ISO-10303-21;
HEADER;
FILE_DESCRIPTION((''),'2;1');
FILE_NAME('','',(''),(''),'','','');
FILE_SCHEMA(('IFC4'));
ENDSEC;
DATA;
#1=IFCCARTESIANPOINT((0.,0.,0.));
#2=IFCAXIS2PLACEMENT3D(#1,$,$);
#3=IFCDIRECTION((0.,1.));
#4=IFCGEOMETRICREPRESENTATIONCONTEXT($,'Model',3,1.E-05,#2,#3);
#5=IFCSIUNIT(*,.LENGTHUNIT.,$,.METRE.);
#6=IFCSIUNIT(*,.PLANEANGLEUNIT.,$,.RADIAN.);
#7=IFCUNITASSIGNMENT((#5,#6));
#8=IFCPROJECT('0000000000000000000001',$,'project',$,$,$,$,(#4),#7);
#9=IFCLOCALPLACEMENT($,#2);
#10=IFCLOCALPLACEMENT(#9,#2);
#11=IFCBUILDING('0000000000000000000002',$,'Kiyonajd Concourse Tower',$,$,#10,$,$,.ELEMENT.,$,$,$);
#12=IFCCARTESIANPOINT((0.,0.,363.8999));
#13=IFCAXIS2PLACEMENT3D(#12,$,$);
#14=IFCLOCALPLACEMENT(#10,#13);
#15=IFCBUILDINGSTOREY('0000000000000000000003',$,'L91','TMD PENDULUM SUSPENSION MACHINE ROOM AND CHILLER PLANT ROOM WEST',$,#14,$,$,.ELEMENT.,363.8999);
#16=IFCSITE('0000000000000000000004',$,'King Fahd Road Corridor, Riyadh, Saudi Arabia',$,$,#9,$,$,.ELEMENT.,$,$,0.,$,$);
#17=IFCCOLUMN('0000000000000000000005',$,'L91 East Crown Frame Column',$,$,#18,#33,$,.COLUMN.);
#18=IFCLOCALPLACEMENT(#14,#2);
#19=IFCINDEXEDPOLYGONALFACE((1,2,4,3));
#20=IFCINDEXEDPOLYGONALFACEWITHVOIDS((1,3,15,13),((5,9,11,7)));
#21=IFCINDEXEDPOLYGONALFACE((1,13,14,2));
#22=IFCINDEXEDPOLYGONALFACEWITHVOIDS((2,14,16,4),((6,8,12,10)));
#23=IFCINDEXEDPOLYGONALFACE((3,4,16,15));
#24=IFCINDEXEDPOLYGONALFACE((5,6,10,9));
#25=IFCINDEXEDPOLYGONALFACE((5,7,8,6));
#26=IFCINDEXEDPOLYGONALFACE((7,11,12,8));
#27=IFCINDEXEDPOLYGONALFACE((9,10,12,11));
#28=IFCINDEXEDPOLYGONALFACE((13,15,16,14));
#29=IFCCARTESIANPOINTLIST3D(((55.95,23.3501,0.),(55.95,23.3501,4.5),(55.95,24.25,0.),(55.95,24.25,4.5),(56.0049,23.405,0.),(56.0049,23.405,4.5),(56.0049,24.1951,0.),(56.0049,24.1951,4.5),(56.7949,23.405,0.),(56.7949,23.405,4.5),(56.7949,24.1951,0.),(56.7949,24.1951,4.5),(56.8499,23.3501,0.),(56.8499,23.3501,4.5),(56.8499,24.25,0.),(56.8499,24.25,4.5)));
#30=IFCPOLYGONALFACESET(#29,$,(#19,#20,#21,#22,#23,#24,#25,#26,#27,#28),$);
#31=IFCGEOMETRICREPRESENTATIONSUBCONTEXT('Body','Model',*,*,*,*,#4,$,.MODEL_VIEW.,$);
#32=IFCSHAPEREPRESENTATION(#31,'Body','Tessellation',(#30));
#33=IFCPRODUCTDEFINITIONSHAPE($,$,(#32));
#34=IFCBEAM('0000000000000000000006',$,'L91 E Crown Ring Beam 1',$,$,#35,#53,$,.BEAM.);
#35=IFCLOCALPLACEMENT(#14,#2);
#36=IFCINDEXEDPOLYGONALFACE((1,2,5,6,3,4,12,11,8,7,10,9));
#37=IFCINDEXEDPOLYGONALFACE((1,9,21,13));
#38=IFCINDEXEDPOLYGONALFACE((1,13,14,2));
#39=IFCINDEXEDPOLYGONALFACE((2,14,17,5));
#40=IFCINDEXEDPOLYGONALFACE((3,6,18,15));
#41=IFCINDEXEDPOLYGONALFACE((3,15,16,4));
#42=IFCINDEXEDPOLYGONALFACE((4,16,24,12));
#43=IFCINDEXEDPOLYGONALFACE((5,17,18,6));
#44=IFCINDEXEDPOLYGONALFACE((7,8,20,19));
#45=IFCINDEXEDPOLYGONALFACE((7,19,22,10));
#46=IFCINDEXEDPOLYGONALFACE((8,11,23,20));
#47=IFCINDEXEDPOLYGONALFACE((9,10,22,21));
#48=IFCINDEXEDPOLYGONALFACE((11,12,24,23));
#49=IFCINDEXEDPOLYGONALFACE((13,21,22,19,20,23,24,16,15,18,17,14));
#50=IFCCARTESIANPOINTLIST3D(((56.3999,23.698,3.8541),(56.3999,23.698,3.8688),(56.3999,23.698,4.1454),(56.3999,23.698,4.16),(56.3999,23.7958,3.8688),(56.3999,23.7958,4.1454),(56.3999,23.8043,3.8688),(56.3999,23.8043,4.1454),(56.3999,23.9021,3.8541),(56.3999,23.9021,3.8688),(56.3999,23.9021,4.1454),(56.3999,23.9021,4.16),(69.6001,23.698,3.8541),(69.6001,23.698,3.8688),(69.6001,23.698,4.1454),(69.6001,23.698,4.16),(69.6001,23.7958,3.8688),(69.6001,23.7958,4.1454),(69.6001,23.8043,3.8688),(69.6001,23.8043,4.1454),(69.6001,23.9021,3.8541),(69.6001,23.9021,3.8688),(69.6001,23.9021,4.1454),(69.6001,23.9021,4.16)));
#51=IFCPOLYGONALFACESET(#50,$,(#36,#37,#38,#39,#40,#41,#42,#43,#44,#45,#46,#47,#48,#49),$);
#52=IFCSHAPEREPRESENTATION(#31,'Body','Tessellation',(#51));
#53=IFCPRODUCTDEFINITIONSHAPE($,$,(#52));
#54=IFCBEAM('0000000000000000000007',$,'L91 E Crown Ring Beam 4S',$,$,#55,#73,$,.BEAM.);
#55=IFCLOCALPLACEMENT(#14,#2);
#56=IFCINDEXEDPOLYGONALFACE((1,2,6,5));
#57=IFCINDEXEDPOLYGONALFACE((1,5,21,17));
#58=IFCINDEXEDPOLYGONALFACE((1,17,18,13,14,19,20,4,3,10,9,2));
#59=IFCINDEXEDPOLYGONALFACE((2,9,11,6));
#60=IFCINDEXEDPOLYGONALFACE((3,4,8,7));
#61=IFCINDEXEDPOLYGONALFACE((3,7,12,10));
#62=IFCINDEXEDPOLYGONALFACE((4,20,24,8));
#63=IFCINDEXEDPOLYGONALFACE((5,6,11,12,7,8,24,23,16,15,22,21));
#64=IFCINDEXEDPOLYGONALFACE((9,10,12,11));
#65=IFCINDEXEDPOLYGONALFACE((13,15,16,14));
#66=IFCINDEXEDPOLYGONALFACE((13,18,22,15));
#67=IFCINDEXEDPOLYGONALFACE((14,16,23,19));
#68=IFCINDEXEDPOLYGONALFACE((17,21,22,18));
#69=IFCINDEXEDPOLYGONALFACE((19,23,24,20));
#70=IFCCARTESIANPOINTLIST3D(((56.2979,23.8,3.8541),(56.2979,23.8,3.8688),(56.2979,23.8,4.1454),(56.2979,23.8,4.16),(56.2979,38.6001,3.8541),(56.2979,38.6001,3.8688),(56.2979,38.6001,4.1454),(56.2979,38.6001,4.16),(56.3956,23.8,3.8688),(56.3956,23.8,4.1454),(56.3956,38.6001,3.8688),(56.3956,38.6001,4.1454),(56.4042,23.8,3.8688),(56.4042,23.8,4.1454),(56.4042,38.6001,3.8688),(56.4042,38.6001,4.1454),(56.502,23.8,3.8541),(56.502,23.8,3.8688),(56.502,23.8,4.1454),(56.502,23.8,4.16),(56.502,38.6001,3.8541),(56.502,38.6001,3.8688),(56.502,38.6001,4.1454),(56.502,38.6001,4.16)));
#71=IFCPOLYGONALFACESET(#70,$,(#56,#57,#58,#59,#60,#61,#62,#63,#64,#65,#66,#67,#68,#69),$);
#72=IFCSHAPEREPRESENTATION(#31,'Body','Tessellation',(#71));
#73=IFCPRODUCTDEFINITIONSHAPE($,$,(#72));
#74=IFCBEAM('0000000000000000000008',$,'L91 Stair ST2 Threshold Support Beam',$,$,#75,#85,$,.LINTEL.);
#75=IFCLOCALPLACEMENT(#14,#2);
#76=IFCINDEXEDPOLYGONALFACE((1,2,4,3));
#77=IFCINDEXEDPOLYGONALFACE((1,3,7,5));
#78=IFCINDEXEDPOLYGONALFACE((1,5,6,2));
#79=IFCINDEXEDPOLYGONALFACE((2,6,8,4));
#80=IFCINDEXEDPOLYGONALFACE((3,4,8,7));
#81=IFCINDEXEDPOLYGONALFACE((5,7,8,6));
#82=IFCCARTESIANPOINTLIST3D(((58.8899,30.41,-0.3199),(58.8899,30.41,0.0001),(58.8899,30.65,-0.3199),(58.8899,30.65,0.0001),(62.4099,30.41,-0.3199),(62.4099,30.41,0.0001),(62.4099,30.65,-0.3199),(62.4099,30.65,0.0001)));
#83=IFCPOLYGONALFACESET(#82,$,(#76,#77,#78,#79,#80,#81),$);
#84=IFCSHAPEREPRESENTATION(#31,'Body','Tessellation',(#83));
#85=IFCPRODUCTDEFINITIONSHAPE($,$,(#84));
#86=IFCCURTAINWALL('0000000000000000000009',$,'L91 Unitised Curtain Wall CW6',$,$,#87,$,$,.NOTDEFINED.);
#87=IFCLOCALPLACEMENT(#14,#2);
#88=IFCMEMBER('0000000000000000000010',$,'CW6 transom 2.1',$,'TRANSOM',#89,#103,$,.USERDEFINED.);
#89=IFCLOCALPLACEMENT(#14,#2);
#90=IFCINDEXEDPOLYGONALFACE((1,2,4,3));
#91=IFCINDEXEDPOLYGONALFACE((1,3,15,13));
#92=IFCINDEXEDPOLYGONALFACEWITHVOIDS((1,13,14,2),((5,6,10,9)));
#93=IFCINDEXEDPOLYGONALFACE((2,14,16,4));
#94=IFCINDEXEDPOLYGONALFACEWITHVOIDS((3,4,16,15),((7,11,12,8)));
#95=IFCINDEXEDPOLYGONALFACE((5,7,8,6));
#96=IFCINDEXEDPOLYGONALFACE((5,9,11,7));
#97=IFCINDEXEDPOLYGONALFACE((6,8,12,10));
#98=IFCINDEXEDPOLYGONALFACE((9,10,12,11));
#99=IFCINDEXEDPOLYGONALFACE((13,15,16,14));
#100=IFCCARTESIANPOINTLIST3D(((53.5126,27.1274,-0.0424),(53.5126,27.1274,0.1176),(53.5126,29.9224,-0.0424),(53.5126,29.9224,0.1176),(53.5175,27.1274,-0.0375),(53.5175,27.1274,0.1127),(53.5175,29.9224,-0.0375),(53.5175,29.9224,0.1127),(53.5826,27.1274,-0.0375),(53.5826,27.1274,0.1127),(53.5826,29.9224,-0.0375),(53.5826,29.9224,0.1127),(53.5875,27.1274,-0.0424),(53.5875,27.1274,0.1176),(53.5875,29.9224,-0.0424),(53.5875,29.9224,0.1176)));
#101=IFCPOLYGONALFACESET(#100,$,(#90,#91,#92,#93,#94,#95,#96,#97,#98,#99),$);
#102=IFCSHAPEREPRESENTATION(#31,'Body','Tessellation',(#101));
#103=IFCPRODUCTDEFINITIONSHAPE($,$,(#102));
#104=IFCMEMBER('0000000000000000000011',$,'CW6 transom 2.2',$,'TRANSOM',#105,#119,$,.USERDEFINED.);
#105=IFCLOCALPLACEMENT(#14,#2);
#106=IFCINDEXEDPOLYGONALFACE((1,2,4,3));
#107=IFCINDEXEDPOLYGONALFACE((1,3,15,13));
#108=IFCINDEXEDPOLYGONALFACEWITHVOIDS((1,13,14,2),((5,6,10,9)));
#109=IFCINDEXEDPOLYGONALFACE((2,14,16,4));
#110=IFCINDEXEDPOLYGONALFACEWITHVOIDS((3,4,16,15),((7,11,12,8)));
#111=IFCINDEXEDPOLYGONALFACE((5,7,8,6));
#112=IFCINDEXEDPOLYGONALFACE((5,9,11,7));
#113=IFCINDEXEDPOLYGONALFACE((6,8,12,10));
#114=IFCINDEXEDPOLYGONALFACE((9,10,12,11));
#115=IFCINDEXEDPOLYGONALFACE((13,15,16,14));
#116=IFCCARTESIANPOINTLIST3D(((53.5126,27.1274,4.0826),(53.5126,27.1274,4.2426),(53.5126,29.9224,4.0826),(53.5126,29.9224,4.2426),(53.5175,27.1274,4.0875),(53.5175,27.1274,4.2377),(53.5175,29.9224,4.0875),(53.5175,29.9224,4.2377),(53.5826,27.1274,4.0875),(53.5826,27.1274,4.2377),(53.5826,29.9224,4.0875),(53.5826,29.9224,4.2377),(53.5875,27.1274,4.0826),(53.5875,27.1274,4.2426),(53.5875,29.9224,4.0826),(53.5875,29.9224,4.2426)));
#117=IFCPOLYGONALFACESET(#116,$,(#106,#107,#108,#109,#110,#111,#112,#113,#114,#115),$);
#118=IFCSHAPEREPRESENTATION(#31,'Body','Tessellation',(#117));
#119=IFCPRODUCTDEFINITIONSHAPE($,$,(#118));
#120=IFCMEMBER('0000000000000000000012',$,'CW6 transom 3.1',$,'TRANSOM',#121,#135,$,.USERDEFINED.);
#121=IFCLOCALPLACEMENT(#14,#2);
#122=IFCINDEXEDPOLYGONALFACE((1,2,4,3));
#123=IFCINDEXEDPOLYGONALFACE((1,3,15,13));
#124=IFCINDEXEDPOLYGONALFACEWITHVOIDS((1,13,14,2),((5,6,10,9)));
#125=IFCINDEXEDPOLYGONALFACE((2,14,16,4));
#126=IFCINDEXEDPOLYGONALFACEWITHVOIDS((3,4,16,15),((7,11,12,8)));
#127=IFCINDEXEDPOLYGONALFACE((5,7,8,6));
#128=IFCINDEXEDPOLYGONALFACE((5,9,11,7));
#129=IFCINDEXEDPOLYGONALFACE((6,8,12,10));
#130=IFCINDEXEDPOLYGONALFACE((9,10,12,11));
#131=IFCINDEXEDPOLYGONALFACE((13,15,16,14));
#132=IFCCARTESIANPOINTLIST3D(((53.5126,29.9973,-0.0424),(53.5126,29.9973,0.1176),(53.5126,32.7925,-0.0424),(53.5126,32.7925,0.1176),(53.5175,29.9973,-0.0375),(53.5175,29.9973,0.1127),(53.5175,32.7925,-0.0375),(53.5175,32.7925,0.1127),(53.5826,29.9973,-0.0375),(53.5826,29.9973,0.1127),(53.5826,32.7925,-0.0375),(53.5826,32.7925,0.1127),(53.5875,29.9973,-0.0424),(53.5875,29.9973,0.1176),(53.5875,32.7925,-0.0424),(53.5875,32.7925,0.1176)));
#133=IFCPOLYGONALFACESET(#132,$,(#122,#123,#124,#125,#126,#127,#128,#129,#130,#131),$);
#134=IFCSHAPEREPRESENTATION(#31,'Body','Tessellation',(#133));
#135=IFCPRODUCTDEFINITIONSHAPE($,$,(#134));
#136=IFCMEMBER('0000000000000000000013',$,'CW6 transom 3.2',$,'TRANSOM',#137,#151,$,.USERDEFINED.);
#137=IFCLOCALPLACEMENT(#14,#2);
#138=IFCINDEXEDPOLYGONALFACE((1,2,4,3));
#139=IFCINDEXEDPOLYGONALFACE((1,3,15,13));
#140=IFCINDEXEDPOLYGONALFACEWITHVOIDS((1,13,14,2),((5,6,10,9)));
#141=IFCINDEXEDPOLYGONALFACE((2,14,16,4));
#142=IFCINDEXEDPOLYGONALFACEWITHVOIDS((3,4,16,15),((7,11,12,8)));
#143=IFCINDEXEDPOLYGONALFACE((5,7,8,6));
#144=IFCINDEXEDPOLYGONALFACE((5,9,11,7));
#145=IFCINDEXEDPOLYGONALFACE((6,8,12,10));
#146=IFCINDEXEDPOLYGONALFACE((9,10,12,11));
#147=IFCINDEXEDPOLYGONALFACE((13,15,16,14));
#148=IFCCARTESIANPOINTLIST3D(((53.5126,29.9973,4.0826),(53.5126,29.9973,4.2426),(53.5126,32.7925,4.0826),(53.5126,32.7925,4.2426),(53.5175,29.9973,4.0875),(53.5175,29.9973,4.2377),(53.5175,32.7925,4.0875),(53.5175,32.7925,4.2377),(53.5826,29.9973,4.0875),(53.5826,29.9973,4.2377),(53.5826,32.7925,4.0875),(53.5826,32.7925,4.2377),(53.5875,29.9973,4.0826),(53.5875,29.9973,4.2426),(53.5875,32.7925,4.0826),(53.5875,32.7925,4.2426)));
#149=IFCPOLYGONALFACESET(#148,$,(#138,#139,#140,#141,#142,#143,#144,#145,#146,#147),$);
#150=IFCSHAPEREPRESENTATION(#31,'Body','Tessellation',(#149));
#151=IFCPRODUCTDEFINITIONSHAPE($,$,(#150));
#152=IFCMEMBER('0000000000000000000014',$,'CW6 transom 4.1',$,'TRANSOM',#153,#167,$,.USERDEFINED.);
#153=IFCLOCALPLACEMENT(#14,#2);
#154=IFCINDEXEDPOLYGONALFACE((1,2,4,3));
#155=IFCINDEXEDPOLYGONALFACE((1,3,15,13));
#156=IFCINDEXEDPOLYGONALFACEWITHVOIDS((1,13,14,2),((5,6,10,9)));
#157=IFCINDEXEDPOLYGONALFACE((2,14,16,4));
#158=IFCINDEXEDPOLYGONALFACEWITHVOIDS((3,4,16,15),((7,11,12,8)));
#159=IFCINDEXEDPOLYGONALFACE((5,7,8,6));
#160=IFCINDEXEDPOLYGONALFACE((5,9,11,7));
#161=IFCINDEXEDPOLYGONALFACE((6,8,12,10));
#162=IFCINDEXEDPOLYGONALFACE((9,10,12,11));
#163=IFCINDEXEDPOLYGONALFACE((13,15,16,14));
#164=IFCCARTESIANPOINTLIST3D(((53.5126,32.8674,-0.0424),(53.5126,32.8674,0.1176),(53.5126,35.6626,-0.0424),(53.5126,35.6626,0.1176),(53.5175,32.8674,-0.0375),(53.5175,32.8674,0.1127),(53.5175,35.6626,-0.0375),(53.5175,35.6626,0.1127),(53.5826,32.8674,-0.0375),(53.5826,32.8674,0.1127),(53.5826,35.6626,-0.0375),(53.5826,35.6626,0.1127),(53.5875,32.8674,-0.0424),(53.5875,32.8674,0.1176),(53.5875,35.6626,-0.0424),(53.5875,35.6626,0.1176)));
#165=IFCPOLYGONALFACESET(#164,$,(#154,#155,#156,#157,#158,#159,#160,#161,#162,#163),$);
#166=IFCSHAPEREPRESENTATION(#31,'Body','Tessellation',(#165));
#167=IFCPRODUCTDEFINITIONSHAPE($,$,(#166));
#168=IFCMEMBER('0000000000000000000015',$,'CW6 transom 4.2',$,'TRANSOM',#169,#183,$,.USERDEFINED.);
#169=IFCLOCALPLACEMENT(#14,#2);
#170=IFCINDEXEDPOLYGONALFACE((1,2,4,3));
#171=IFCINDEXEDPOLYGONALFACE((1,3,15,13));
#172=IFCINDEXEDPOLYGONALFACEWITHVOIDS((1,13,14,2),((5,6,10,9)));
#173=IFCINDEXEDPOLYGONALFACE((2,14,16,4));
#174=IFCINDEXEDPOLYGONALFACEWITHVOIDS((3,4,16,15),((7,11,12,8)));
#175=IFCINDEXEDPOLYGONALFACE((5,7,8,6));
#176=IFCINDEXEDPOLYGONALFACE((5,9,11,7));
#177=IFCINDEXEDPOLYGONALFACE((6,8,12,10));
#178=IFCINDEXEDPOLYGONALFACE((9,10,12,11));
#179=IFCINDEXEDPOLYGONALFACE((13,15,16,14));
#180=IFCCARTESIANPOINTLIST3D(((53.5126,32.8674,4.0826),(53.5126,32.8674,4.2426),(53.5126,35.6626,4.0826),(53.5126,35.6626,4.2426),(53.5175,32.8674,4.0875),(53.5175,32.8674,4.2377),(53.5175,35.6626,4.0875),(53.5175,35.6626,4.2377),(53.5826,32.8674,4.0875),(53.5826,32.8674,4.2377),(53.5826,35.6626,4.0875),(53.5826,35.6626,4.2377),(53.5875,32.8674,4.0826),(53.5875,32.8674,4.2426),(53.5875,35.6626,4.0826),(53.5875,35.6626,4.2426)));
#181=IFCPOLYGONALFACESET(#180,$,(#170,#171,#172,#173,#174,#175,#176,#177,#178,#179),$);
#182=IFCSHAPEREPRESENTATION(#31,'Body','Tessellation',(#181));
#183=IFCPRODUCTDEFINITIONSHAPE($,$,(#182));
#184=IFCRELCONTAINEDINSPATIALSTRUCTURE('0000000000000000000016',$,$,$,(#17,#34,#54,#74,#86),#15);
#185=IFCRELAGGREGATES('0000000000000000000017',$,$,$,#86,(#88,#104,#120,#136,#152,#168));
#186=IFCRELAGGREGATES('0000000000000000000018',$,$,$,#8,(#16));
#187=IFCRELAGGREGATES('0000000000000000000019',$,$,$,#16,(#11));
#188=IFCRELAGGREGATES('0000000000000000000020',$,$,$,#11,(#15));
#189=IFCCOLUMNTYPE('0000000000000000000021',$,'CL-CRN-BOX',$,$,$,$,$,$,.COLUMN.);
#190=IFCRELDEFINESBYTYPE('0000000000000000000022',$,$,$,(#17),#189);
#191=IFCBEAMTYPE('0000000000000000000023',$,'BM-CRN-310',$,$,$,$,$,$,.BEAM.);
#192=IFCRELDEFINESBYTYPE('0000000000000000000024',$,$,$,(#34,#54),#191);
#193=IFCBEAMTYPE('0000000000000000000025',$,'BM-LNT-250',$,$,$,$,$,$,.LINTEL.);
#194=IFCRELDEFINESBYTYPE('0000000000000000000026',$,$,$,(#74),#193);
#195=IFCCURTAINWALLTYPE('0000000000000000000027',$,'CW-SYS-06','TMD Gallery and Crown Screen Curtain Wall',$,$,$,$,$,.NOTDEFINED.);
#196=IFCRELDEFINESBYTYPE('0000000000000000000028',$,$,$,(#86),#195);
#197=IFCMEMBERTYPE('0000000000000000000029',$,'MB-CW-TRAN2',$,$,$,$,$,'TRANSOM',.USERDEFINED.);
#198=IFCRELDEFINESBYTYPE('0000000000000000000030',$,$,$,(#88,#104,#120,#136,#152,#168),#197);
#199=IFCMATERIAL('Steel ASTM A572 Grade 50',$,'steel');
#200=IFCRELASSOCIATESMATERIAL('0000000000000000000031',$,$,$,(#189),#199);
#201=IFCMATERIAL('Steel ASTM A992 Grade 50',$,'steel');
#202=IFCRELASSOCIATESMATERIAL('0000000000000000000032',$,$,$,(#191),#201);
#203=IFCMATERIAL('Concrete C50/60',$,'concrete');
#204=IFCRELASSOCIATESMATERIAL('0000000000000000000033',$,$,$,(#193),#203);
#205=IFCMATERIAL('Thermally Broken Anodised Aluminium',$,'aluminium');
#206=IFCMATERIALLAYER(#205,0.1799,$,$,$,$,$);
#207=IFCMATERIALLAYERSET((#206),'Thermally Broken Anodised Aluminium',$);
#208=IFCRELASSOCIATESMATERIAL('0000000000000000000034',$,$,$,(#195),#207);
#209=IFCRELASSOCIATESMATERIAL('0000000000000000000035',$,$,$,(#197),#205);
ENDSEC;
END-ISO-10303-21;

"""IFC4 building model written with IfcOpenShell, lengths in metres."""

from ifc_helpers import new_model, si_unit, direction, frame, origin, origin_2d, place, context, subcontext, project, spatial, rectangle, hollow_rectangle, i_section, extrude, material, layer, layer_set, material_profile, profile_set, type_object, element, aggregate, save


model = new_model("IFC4")

# Units and contexts
model_context = context("Model", 3, precision=1e-05, world=origin(), true_north=direction((0.0, 1.0)))
body_context = subcontext(model_context, "Body", "Model", "MODEL_VIEW")
ifc_project = project(units=[si_unit("LENGTHUNIT", "METRE"), si_unit("PLANEANGLEUNIT", "RADIAN")], contexts=[model_context])

# Site, building, storey
site_placement = place(None, origin())
site = spatial("IfcSite", under=ifc_project, at=site_placement, Name="King Fahd Road Corridor, Riyadh, Saudi Arabia", CompositionType="ELEMENT", RefElevation=0.0)
building_placement = place(site_placement, origin())
building = spatial("IfcBuilding", under=site, at=building_placement, Name="Kiyonajd Concourse Tower", CompositionType="ELEMENT")
storey_placement = place(building_placement, frame((0.0, 0.0, 363.8999)))
storey = spatial("IfcBuildingStorey", under=building, at=storey_placement, Name="L91", Description="TMD PENDULUM SUSPENSION MACHINE ROOM AND CHILLER PLANT ROOM WEST", CompositionType="ELEMENT", Elevation=363.8999)

# Column
ifc_material_1 = material(Name="Steel ASTM A572 Grade 50", Category="steel")
ifc_material_profile_1 = material_profile(ifc_material_1, hollow_rectangle(XDim=0.8999, YDim=0.8999, WallThickness=0.0549, at=origin_2d()), Name="BOX-900x900x55")
ifc_profile_set_1 = profile_set([ifc_material_profile_1], Name="Steel ASTM A572 Grade 50")
column_type = type_object("IfcColumnType", Name="CL-CRN-BOX", PredefinedType="COLUMN", material=ifc_profile_set_1)
column_placement = place(storey_placement, frame((56.3999, 23.8, 0.0), z_axis=(0.0, 0.0, 1.0), x_axis=(1.0, 0.0, 0.0)))
element("IfcColumn", 1, at=column_placement, inside=storey, type_object=column_type, Name="L91 East Crown Frame Column", PredefinedType="COLUMN", context=body_context, shape_type="SweptSolid", body=[
    extrude(hollow_rectangle(XDim=0.8999, YDim=0.8999, WallThickness=0.0549, at=origin_2d()), origin(), (0.0, 0.0, 1.0), 4.5),
])

# Beams
ifc_material_2 = material(Name="Steel ASTM A992 Grade 50", Category="steel")
ifc_material_profile_2 = material_profile(ifc_material_2, i_section(OverallWidth=0.2041, OverallDepth=0.3059, WebThickness=0.0085, FlangeThickness=0.0146, at=origin_2d()), Name="W310X67")
ifc_profile_set_2 = profile_set([ifc_material_profile_2], Name="Steel ASTM A992 Grade 50")
beam_type_1 = type_object("IfcBeamType", Name="BM-CRN-310", PredefinedType="BEAM", material=ifc_profile_set_2)
beam_1_placement = place(storey_placement, frame((56.3999, 23.8, 4.0071), z_axis=(1.0, 0.0, 0.0), x_axis=(0.0, 1.0, 0.0)))
element("IfcBeam", 2, at=beam_1_placement, inside=storey, type_object=beam_type_1, Name="L91 E Crown Ring Beam 1", PredefinedType="BEAM", context=body_context, shape_type="SweptSolid", body=[
    extrude(i_section(OverallWidth=0.2041, OverallDepth=0.3059, WebThickness=0.0085, FlangeThickness=0.0146, at=origin_2d()), origin(), (0.0, 0.0, 1.0), 13.2002),
])
beam_2_placement = place(storey_placement, frame((56.3999, 23.8, 4.0071), z_axis=(0.0, 1.0, 0.0), x_axis=(-1.0, 0.0, 0.0)))
element("IfcBeam", 3, at=beam_2_placement, inside=storey, type_object=beam_type_1, Name="L91 E Crown Ring Beam 4S", PredefinedType="BEAM", context=body_context, shape_type="SweptSolid", body=[
    extrude(i_section(OverallWidth=0.2041, OverallDepth=0.3059, WebThickness=0.0085, FlangeThickness=0.0146, at=origin_2d()), origin(), (0.0, 0.0, 1.0), 14.8),
])
ifc_material_3 = material(Name="Concrete C50/60", Category="concrete")
ifc_material_profile_3 = material_profile(ifc_material_3, rectangle(XDim=0.24, YDim=0.3201, at=origin_2d()), Name="RCBM-240x320")
ifc_profile_set_3 = profile_set([ifc_material_profile_3], Name="Concrete C50/60")
beam_type_2 = type_object("IfcBeamType", Name="BM-LNT-250", PredefinedType="LINTEL", material=ifc_profile_set_3)
beam_3_placement = place(storey_placement, frame((58.8899, 30.53, -0.1599), z_axis=(1.0, 0.0, 0.0), x_axis=(0.0, 1.0, 0.0)))
element("IfcBeam", 4, at=beam_3_placement, inside=storey, type_object=beam_type_2, Name="L91 Stair ST2 Threshold Support Beam", PredefinedType="LINTEL", context=body_context, shape_type="SweptSolid", body=[
    extrude(rectangle(XDim=0.24, YDim=0.3201, at=origin_2d()), origin(), (0.0, 0.0, 1.0), 3.52),
])

# Curtain wall, members
ifc_material_4 = material(Name="Thermally Broken Anodised Aluminium", Category="aluminium")
ifc_layer_1 = layer(ifc_material_4, 0.1799)
ifc_layer_set_1 = layer_set([ifc_layer_1], Name="Thermally Broken Anodised Aluminium")
curtain_wall_type = type_object("IfcCurtainWallType", Name="CW-SYS-06", Description="TMD Gallery and Crown Screen Curtain Wall", PredefinedType="NOTDEFINED", material=ifc_layer_set_1)
curtain_wall_placement = place(storey_placement, origin())
curtain_wall = element("IfcCurtainWall", 5, at=curtain_wall_placement, inside=storey, type_object=curtain_wall_type, Name="L91 Unitised Curtain Wall CW6", PredefinedType="NOTDEFINED")
ifc_material_profile_4 = material_profile(ifc_material_4, hollow_rectangle(XDim=0.075, YDim=0.1599, WallThickness=0.0049, at=origin_2d()), Name="TRAN-75x160")
ifc_profile_set_4 = profile_set([ifc_material_profile_4], Name="Thermally Broken Anodised Aluminium")
member_type = type_object("IfcMemberType", Name="MB-CW-TRAN2", ElementType="TRANSOM", PredefinedType="USERDEFINED", material=ifc_profile_set_4)
member_1_placement = place(storey_placement, frame((53.55, 27.1274, 0.0376), z_axis=(0.0, 1.0, 0.0), x_axis=(-1.0, 0.0, 0.0)))
member_1 = element("IfcMember", 6, at=member_1_placement, type_object=member_type, Name="CW6 transom 2.1", ObjectType="TRANSOM", PredefinedType="USERDEFINED", context=body_context, shape_type="SweptSolid", body=[
    extrude(hollow_rectangle(XDim=0.075, YDim=0.1599, WallThickness=0.0049, at=origin_2d()), origin(), (0.0, 0.0, 1.0), 2.7949),
])
member_2_placement = place(storey_placement, frame((53.55, 27.1274, 4.1626), z_axis=(0.0, 1.0, 0.0), x_axis=(-1.0, 0.0, 0.0)))
member_2 = element("IfcMember", 7, at=member_2_placement, type_object=member_type, Name="CW6 transom 2.2", ObjectType="TRANSOM", PredefinedType="USERDEFINED", context=body_context, shape_type="SweptSolid", body=[
    extrude(hollow_rectangle(XDim=0.075, YDim=0.1599, WallThickness=0.0049, at=origin_2d()), origin(), (0.0, 0.0, 1.0), 2.7949),
])
member_3_placement = place(storey_placement, frame((53.55, 29.9973, 0.0376), z_axis=(0.0, 1.0, 0.0), x_axis=(-1.0, 0.0, 0.0)))
member_3 = element("IfcMember", 8, at=member_3_placement, type_object=member_type, Name="CW6 transom 3.1", ObjectType="TRANSOM", PredefinedType="USERDEFINED", context=body_context, shape_type="SweptSolid", body=[
    extrude(hollow_rectangle(XDim=0.075, YDim=0.1599, WallThickness=0.0049, at=origin_2d()), origin(), (0.0, 0.0, 1.0), 2.7952),
])
member_4_placement = place(storey_placement, frame((53.55, 29.9973, 4.1626), z_axis=(0.0, 1.0, 0.0), x_axis=(-1.0, 0.0, 0.0)))
member_4 = element("IfcMember", 9, at=member_4_placement, type_object=member_type, Name="CW6 transom 3.2", ObjectType="TRANSOM", PredefinedType="USERDEFINED", context=body_context, shape_type="SweptSolid", body=[
    extrude(hollow_rectangle(XDim=0.075, YDim=0.1599, WallThickness=0.0049, at=origin_2d()), origin(), (0.0, 0.0, 1.0), 2.7952),
])
member_5_placement = place(storey_placement, frame((53.55, 32.8674, 0.0376), z_axis=(0.0, 1.0, 0.0), x_axis=(-1.0, 0.0, 0.0)))
member_5 = element("IfcMember", 10, at=member_5_placement, type_object=member_type, Name="CW6 transom 4.1", ObjectType="TRANSOM", PredefinedType="USERDEFINED", context=body_context, shape_type="SweptSolid", body=[
    extrude(hollow_rectangle(XDim=0.075, YDim=0.1599, WallThickness=0.0049, at=origin_2d()), origin(), (0.0, 0.0, 1.0), 2.7952),
])
member_6_placement = place(storey_placement, frame((53.55, 32.8674, 4.1626), z_axis=(0.0, 1.0, 0.0), x_axis=(-1.0, 0.0, 0.0)))
member_6 = element("IfcMember", 11, at=member_6_placement, type_object=member_type, Name="CW6 transom 4.2", ObjectType="TRANSOM", PredefinedType="USERDEFINED", context=body_context, shape_type="SweptSolid", body=[
    extrude(hollow_rectangle(XDim=0.075, YDim=0.1599, WallThickness=0.0049, at=origin_2d()), origin(), (0.0, 0.0, 1.0), 2.7952),
])
aggregate(curtain_wall, [member_1, member_2, member_3, member_4, member_5, member_6])

save(model, "model.ifc")
